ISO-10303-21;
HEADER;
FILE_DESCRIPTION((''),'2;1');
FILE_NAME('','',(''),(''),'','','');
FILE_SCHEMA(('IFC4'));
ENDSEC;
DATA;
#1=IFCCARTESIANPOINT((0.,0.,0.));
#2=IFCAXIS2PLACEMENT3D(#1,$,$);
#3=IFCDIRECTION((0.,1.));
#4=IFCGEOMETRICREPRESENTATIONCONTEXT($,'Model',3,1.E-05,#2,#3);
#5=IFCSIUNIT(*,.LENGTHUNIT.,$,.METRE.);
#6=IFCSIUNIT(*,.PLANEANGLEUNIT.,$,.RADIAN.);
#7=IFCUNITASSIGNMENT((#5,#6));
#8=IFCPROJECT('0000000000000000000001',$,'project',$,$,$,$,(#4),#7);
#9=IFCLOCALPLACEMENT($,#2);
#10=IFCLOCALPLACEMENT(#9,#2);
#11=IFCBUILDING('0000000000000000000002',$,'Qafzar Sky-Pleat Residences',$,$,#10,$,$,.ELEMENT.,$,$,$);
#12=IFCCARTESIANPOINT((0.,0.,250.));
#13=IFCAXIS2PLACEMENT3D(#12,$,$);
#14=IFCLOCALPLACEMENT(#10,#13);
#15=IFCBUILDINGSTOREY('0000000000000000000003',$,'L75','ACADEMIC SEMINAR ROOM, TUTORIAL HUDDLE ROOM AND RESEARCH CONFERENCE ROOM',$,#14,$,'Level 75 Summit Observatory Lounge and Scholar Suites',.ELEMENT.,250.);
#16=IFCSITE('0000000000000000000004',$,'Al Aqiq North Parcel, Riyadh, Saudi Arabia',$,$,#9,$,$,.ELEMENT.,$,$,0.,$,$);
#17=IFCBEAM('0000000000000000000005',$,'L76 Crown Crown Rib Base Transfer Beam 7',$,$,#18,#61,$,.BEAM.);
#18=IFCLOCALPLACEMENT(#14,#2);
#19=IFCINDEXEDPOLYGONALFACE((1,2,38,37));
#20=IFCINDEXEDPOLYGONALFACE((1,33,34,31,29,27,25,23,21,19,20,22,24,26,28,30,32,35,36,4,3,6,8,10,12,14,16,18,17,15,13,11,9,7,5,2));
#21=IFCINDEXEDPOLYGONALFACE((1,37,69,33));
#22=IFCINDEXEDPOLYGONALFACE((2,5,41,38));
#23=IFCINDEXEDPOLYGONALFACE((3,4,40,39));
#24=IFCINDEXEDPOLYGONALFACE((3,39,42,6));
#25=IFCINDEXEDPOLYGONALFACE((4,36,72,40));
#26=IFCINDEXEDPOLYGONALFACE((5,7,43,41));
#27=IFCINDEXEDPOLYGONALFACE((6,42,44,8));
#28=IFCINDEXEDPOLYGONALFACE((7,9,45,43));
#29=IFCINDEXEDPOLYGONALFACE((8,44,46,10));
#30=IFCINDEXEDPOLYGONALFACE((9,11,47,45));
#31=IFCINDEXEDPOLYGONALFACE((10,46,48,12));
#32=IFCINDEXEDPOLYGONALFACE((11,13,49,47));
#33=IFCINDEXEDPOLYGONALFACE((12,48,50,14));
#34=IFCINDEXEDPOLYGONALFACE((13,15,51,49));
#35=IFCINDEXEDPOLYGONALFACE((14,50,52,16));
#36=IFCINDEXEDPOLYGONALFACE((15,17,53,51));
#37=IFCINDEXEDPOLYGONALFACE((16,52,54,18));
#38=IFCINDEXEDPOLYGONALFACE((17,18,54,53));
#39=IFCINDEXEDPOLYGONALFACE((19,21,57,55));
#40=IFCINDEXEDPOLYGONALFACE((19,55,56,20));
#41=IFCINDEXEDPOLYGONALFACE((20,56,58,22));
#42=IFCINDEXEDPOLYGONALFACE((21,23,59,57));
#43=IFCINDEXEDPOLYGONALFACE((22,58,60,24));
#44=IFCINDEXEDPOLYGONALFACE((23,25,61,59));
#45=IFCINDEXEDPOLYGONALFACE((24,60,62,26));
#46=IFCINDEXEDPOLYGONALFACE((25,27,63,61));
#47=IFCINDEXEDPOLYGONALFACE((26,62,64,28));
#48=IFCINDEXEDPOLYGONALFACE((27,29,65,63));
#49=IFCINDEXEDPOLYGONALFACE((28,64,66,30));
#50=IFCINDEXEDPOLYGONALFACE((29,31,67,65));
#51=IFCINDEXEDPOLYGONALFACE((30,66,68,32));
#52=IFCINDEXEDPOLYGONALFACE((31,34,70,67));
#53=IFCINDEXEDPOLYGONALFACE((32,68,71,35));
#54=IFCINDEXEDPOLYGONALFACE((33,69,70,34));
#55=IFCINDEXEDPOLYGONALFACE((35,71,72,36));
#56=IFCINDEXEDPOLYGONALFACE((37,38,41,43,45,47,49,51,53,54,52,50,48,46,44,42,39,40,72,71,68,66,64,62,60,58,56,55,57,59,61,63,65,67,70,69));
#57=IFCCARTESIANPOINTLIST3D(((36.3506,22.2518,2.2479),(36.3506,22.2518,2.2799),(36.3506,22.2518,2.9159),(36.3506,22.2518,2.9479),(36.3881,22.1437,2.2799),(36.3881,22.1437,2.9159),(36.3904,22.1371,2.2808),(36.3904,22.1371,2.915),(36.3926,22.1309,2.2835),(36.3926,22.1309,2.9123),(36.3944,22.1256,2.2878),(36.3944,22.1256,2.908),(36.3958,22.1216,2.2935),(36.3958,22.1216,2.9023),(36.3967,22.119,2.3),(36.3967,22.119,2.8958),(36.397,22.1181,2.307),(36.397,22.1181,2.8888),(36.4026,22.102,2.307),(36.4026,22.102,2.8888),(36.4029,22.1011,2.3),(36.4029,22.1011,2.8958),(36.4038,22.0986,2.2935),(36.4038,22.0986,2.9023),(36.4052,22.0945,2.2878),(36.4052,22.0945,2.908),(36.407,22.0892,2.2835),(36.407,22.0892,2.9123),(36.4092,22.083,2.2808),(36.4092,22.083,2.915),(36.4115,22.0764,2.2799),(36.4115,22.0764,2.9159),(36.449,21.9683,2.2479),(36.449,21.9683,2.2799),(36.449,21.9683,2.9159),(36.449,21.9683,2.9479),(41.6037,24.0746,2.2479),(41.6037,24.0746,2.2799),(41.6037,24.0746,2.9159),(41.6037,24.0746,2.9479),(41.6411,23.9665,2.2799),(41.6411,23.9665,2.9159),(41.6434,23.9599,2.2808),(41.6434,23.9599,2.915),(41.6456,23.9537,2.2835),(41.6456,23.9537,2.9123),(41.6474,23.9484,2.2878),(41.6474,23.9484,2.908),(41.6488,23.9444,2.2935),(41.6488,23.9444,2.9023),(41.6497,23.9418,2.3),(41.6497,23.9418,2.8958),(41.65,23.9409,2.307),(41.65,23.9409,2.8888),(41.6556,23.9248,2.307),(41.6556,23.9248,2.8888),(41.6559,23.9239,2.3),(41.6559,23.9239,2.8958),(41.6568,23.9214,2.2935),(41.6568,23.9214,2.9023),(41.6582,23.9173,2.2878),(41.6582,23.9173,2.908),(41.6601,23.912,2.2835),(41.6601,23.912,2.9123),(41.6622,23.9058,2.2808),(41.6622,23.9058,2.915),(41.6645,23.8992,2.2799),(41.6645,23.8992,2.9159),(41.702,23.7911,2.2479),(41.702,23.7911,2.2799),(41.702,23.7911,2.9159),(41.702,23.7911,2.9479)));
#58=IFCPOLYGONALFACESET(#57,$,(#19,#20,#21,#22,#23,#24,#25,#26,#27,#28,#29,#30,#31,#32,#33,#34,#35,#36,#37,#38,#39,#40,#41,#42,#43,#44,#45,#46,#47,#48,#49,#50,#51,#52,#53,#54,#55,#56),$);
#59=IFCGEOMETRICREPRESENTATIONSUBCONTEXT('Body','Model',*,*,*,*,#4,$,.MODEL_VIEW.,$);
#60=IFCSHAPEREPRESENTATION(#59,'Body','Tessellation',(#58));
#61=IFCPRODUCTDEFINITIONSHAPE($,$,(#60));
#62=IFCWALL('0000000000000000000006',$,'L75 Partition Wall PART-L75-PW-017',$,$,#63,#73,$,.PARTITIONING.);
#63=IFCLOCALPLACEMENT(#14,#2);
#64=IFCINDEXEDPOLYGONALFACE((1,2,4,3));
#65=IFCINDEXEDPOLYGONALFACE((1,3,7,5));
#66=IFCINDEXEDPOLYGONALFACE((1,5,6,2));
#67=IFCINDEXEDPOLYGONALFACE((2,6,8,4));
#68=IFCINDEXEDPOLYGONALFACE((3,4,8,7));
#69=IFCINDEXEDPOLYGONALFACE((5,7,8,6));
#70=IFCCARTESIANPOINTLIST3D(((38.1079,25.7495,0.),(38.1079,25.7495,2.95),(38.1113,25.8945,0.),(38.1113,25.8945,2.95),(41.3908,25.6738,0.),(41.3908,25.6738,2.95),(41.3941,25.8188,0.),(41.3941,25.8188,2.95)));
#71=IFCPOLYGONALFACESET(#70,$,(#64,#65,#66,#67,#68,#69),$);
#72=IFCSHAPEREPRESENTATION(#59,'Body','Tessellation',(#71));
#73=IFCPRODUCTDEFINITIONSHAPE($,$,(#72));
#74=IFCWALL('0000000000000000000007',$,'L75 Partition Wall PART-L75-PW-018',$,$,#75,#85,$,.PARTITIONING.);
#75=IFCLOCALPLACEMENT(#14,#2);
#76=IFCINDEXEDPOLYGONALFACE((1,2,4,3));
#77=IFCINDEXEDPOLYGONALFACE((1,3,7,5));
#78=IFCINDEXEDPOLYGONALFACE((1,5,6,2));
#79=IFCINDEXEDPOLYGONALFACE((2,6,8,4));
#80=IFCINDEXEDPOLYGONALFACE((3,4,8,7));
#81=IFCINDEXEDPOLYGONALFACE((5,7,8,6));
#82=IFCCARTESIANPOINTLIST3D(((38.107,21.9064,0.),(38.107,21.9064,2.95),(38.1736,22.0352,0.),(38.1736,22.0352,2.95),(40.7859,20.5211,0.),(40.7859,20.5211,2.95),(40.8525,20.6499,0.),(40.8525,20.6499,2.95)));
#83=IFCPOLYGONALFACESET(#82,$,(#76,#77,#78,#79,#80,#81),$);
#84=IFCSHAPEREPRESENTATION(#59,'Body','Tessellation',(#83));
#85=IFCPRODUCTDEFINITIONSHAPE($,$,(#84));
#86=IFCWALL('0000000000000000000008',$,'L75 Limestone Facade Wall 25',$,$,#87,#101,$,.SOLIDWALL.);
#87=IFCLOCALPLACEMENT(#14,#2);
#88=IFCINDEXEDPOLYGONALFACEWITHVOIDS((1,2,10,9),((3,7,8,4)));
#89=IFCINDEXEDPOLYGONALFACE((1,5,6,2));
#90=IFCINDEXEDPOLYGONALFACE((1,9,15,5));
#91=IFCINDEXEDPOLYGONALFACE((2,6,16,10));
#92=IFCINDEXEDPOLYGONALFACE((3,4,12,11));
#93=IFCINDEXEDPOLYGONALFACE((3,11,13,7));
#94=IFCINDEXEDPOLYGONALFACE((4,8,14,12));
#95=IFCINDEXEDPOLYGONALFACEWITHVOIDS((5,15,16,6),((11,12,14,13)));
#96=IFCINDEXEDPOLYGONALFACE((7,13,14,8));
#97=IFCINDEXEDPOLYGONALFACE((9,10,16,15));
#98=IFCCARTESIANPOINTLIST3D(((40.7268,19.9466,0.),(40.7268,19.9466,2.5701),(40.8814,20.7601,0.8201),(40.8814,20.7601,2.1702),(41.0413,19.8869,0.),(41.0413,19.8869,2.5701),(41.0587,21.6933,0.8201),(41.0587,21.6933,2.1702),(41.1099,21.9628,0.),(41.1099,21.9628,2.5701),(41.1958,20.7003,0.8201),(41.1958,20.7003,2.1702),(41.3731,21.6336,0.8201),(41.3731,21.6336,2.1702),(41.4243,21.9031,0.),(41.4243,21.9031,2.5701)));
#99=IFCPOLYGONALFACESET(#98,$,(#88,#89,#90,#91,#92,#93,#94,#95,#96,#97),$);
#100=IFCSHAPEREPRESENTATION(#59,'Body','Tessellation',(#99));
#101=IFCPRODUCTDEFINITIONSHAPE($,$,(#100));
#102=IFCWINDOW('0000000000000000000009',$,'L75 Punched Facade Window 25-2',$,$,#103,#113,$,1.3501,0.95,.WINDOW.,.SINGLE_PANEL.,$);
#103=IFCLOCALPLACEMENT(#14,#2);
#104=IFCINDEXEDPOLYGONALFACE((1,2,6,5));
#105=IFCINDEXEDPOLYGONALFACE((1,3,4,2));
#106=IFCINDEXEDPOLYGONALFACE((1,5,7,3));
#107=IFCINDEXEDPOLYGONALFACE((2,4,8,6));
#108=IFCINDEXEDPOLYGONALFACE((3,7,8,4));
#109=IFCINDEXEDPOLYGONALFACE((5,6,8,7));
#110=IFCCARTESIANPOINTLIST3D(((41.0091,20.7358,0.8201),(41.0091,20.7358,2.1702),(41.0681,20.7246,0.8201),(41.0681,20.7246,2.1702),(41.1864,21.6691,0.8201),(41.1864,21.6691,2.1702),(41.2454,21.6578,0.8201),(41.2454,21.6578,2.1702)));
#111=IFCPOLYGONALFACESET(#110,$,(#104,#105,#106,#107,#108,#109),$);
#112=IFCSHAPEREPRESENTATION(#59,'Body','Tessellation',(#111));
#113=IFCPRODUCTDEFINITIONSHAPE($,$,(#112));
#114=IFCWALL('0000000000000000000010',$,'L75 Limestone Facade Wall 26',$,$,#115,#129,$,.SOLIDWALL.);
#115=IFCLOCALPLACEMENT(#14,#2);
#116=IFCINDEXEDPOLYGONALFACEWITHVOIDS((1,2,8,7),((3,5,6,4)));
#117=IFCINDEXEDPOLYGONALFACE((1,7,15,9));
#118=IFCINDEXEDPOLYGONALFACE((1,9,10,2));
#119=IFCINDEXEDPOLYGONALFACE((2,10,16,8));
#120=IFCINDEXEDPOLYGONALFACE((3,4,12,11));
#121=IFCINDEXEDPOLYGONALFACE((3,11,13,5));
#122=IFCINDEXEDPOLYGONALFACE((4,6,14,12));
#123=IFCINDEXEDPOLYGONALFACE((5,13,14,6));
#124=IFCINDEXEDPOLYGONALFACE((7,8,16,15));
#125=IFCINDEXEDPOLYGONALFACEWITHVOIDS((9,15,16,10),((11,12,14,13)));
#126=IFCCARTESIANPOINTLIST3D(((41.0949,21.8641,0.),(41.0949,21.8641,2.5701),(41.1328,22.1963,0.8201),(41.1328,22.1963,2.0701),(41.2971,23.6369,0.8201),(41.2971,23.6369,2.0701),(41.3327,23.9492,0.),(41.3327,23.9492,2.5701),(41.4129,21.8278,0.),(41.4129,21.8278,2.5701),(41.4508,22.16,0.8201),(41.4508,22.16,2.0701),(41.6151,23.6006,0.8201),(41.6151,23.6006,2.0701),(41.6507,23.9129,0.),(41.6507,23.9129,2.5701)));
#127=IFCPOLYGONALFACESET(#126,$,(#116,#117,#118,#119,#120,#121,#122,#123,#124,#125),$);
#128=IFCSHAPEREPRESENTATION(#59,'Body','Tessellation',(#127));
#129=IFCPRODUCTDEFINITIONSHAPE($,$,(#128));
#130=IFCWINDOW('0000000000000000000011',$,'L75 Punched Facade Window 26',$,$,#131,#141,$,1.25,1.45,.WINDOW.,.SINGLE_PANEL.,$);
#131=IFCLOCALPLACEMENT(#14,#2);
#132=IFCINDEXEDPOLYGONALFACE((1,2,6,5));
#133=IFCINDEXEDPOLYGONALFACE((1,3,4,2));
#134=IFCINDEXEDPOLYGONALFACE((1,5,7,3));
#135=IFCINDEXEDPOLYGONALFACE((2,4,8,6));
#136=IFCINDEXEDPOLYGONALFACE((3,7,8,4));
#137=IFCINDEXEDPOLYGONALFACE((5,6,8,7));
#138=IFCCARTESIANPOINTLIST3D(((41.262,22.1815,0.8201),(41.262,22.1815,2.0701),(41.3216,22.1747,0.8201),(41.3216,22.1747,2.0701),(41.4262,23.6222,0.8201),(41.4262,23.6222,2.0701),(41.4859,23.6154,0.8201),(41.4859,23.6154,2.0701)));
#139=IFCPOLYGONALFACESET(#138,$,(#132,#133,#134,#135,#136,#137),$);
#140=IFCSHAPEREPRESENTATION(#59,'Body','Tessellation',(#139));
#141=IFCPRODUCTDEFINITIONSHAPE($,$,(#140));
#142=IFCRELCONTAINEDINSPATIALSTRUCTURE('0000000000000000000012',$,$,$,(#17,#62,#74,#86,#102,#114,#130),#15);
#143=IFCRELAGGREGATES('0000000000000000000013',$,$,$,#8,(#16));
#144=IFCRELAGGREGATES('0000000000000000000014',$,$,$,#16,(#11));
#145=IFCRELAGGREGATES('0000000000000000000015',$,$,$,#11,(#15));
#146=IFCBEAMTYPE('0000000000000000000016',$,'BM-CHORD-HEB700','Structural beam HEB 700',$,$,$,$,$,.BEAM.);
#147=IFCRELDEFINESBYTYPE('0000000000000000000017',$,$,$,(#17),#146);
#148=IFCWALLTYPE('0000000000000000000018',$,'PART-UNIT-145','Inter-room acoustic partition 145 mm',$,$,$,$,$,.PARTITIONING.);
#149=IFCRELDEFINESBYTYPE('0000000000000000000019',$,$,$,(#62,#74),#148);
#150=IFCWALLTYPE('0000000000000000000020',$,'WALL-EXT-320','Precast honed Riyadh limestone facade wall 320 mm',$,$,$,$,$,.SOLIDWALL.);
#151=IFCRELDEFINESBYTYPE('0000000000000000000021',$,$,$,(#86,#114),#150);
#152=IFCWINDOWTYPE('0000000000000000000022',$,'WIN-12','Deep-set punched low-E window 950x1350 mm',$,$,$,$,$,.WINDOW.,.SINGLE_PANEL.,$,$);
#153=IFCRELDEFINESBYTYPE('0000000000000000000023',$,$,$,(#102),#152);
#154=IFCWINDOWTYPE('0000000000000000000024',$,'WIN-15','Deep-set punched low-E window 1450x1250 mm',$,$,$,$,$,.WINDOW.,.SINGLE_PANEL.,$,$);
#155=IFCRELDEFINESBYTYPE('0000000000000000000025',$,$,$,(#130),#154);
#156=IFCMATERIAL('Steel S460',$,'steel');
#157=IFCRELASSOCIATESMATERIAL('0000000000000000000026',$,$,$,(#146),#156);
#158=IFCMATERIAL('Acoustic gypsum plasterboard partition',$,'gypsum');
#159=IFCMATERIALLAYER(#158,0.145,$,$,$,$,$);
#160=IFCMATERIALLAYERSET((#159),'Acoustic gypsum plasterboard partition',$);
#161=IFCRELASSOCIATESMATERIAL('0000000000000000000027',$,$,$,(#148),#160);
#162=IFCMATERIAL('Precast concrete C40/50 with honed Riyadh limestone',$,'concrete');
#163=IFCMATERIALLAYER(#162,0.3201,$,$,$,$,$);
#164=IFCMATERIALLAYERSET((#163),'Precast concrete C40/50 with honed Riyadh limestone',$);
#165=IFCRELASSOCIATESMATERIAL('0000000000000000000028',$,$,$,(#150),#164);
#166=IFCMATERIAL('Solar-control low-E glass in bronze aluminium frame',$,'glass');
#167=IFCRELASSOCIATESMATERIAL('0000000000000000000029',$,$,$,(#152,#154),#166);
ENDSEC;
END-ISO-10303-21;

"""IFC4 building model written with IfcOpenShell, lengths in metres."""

from ifc_helpers import new_model, si_unit, direction, frame, frame_2d, origin, origin_2d, place, context, subcontext, project, spatial, rectangle, i_section, extrude, source, transform, mapped, material, layer, layer_set, material_profile, profile_set, type_object, element, fill, save


model = new_model("IFC4")

# Units and contexts
model_context = context("Model", 3, precision=1e-05, world=origin(), true_north=direction((0.0, 1.0)))
body_context = subcontext(model_context, "Body", "Model", "MODEL_VIEW")
ifc_project = project(units=[si_unit("LENGTHUNIT", "METRE"), si_unit("PLANEANGLEUNIT", "RADIAN")], contexts=[model_context])

# Site, building, storey
site_placement = place(None, origin())
site = spatial("IfcSite", under=ifc_project, at=site_placement, Name="Al Aqiq North Parcel, Riyadh, Saudi Arabia", CompositionType="ELEMENT", RefElevation=0.0)
building_placement = place(site_placement, origin())
building = spatial("IfcBuilding", under=site, at=building_placement, Name="Qafzar Sky-Pleat Residences", CompositionType="ELEMENT")
storey_placement = place(building_placement, frame((0.0, 0.0, 250.0)))
storey = spatial("IfcBuildingStorey", under=building, at=storey_placement, Name="L75", Description="ACADEMIC SEMINAR ROOM, TUTORIAL HUDDLE ROOM AND RESEARCH CONFERENCE ROOM", LongName="Level 75 Summit Observatory Lounge and Scholar Suites", CompositionType="ELEMENT", Elevation=250.0)

# Beam
ifc_material_1 = material(Name="Steel S460", Category="steel")
ifc_material_profile_1 = material_profile(ifc_material_1, i_section(OverallWidth=0.3, OverallDepth=0.7, WebThickness=0.0171, FlangeThickness=0.032, FilletRadius=0.0271, at=origin_2d()), Name="HEB 700")
ifc_profile_set_1 = profile_set([ifc_material_profile_1], Name="Steel S460")
beam_type_1 = type_object("IfcBeamType", Name="BM-CHORD-HEB700", Description="Structural beam HEB 700", PredefinedType="BEAM", material=ifc_profile_set_1)
shared_shape_1 = source(origin(), body_context, "Body", "SweptSolid", [
    extrude(i_section(OverallWidth=0.3, OverallDepth=0.7, WebThickness=0.0171, FlangeThickness=0.032, FilletRadius=0.0271, at=origin_2d()), origin(), (0.0, 0.0, 1.0), 5.5603),
])
beam_1_placement = place(storey_placement, frame((41.6528, 23.9329, 2.5979), z_axis=(-0.944739, -0.327822, 0.0), x_axis=(0.327822, -0.944739, 0.0)))
element("IfcBeam", 1, at=beam_1_placement, inside=storey, type_object=beam_type_1, Name="L76 Crown Crown Rib Base Transfer Beam 7", PredefinedType="BEAM", context=body_context, shape_type="MappedRepresentation", body=[
    mapped(shared_shape_1, transform((0.0, 0.0, 0.0), x_axis=(1.0, 0.0, 0.0), y_axis=(0.0, 1.0, 0.0), z_axis=(0.0, 0.0, 1.0), scale=1.0)),
])

# Walls
ifc_material_2 = material(Name="Acoustic gypsum plasterboard partition", Category="gypsum")
ifc_layer_1 = layer(ifc_material_2, 0.145)
ifc_layer_set_1 = layer_set([ifc_layer_1], Name="Acoustic gypsum plasterboard partition")
wall_type_1 = type_object("IfcWallType", Name="PART-UNIT-145", Description="Inter-room acoustic partition 145 mm", PredefinedType="PARTITIONING", material=ifc_layer_set_1)
wall_1_placement = place(storey_placement, frame((38.1096, 25.822, 0.0), z_axis=(0.0, 0.0, 1.0), x_axis=(0.999734, -0.023049, 0.0)))
element("IfcWall", 2, at=wall_1_placement, inside=storey, type_object=wall_type_1, Name="L75 Partition Wall PART-L75-PW-017", PredefinedType="PARTITIONING", context=body_context, shape_type="SweptSolid", body=[
    extrude(rectangle(XDim=3.2837, YDim=0.145, at=frame_2d((1.6418, 0.0))), origin(), (0.0, 0.0, 1.0), 2.95),
])
wall_2_placement = place(storey_placement, frame((38.1404, 21.9707, 0.0), z_axis=(0.0, 0.0, 1.0), x_axis=(0.888273, -0.459315, 0.0)))
element("IfcWall", 3, at=wall_2_placement, inside=storey, type_object=wall_type_1, Name="L75 Partition Wall PART-L75-PW-018", PredefinedType="PARTITIONING", context=body_context, shape_type="SweptSolid", body=[
    extrude(rectangle(XDim=3.0159, YDim=0.145, at=frame_2d((1.5078, 0.0))), origin(), (0.0, 0.0, 1.0), 2.95),
])

# Walls, openings, windows
ifc_material_3 = material(Name="Precast concrete C40/50 with honed Riyadh limestone", Category="concrete")
ifc_layer_2 = layer(ifc_material_3, 0.3201)
ifc_layer_set_2 = layer_set([ifc_layer_2], Name="Precast concrete C40/50 with honed Riyadh limestone")
wall_type_2 = type_object("IfcWallType", Name="WALL-EXT-320", Description="Precast honed Riyadh limestone facade wall 320 mm", PredefinedType="SOLIDWALL", material=ifc_layer_set_2)
wall_3_placement = place(storey_placement, frame((40.884, 19.9167, 0.0), z_axis=(0.0, 0.0, 1.0), x_axis=(0.186658, 0.982425, 0.0)))
wall_3 = element("IfcWall", 4, at=wall_3_placement, inside=storey, type_object=wall_type_2, Name="L75 Limestone Facade Wall 25", PredefinedType="SOLIDWALL", context=body_context, shape_type="SweptSolid", body=[
    extrude(rectangle(XDim=2.0522, YDim=0.3201, at=frame_2d((1.0261, 0.0))), origin(), (0.0, 0.0, 1.0), 2.5701),
])
opening_1_placement = place(wall_3_placement, frame((0.8279, 0.0, 0.8201)))
opening_1 = element("IfcOpeningElement", 5, at=opening_1_placement, cuts=wall_3, PredefinedType="OPENING", context=body_context, shape_type="SweptSolid", body=[
    extrude(rectangle(XDim=0.95, YDim=1.3501, at=frame_2d((0.4751, 0.675))), frame((0.0, 0.1699, 0.0), z_axis=(0.0, -1.0, 0.0), x_axis=(1.0, 0.0, 0.0)), (0.0, 0.0, 1.0), 0.3401),
])
ifc_material_4 = material(Name="Solar-control low-E glass in bronze aluminium frame", Category="glass")
window_type_1 = type_object("IfcWindowType", Name="WIN-12", Description="Deep-set punched low-E window 950x1350 mm", PartitioningType="SINGLE_PANEL", PredefinedType="WINDOW", material=ifc_material_4)
shared_shape_2 = source(origin(), body_context, "Body", "SweptSolid", [
    extrude(rectangle(XDim=0.95, YDim=1.3501, at=frame_2d((0.4751, 0.675))), frame((0.0, 0.03, 0.0), z_axis=(0.0, -1.0, 0.0), x_axis=(1.0, 0.0, 0.0)), (0.0, 0.0, 1.0), 0.0601),
])
window_1_placement = place(opening_1_placement, origin())
window_1 = element("IfcWindow", 6, at=window_1_placement, inside=storey, type_object=window_type_1, Name="L75 Punched Facade Window 25-2", OverallHeight=1.3501, OverallWidth=0.95, PartitioningType="SINGLE_PANEL", PredefinedType="WINDOW", context=body_context, shape_type="MappedRepresentation", body=[
    mapped(shared_shape_2, transform((0.0, 0.0, 0.0), x_axis=(1.0, 0.0, 0.0), y_axis=(0.0, 1.0, 0.0), z_axis=(0.0, 0.0, 1.0), scale=1.0)),
])
fill(opening_1, window_1)
wall_4_placement = place(storey_placement, frame((41.2539, 21.8459, 0.0), z_axis=(0.0, 0.0, 1.0), x_axis=(0.113304, 0.99356, 0.0)))
wall_4 = element("IfcWall", 7, at=wall_4_placement, inside=storey, type_object=wall_type_2, Name="L75 Limestone Facade Wall 26", PredefinedType="SOLIDWALL", context=body_context, shape_type="SweptSolid", body=[
    extrude(rectangle(XDim=2.0986, YDim=0.3201, at=frame_2d((1.0493, 0.0))), origin(), (0.0, 0.0, 1.0), 2.5701),
])
opening_2_placement = place(wall_4_placement, frame((0.3342, 0.0, 0.8201)))
opening_2 = element("IfcOpeningElement", 8, at=opening_2_placement, cuts=wall_4, PredefinedType="OPENING", context=body_context, shape_type="SweptSolid", body=[
    extrude(rectangle(XDim=1.45, YDim=1.25, at=frame_2d((0.7251, 0.625))), frame((0.0, 0.1699, 0.0), z_axis=(0.0, -1.0, 0.0), x_axis=(1.0, 0.0, 0.0)), (0.0, 0.0, 1.0), 0.3401),
])
window_type_2 = type_object("IfcWindowType", Name="WIN-15", Description="Deep-set punched low-E window 1450x1250 mm", PartitioningType="SINGLE_PANEL", PredefinedType="WINDOW", material=ifc_material_4)
shared_shape_3 = source(origin(), body_context, "Body", "SweptSolid", [
    extrude(rectangle(XDim=1.45, YDim=1.25, at=frame_2d((0.7251, 0.625))), frame((0.0, 0.03, 0.0), z_axis=(0.0, -1.0, 0.0), x_axis=(1.0, 0.0, 0.0)), (0.0, 0.0, 1.0), 0.0601),
])
window_2_placement = place(opening_2_placement, origin())
window_2 = element("IfcWindow", 9, at=window_2_placement, inside=storey, type_object=window_type_2, Name="L75 Punched Facade Window 26", OverallHeight=1.25, OverallWidth=1.45, PartitioningType="SINGLE_PANEL", PredefinedType="WINDOW", context=body_context, shape_type="MappedRepresentation", body=[
    mapped(shared_shape_3, transform((0.0, 0.0, 0.0), x_axis=(1.0, 0.0, 0.0), y_axis=(0.0, 1.0, 0.0), z_axis=(0.0, 0.0, 1.0), scale=1.0)),
])
fill(opening_2, window_2)

save(model, "model.ifc")
